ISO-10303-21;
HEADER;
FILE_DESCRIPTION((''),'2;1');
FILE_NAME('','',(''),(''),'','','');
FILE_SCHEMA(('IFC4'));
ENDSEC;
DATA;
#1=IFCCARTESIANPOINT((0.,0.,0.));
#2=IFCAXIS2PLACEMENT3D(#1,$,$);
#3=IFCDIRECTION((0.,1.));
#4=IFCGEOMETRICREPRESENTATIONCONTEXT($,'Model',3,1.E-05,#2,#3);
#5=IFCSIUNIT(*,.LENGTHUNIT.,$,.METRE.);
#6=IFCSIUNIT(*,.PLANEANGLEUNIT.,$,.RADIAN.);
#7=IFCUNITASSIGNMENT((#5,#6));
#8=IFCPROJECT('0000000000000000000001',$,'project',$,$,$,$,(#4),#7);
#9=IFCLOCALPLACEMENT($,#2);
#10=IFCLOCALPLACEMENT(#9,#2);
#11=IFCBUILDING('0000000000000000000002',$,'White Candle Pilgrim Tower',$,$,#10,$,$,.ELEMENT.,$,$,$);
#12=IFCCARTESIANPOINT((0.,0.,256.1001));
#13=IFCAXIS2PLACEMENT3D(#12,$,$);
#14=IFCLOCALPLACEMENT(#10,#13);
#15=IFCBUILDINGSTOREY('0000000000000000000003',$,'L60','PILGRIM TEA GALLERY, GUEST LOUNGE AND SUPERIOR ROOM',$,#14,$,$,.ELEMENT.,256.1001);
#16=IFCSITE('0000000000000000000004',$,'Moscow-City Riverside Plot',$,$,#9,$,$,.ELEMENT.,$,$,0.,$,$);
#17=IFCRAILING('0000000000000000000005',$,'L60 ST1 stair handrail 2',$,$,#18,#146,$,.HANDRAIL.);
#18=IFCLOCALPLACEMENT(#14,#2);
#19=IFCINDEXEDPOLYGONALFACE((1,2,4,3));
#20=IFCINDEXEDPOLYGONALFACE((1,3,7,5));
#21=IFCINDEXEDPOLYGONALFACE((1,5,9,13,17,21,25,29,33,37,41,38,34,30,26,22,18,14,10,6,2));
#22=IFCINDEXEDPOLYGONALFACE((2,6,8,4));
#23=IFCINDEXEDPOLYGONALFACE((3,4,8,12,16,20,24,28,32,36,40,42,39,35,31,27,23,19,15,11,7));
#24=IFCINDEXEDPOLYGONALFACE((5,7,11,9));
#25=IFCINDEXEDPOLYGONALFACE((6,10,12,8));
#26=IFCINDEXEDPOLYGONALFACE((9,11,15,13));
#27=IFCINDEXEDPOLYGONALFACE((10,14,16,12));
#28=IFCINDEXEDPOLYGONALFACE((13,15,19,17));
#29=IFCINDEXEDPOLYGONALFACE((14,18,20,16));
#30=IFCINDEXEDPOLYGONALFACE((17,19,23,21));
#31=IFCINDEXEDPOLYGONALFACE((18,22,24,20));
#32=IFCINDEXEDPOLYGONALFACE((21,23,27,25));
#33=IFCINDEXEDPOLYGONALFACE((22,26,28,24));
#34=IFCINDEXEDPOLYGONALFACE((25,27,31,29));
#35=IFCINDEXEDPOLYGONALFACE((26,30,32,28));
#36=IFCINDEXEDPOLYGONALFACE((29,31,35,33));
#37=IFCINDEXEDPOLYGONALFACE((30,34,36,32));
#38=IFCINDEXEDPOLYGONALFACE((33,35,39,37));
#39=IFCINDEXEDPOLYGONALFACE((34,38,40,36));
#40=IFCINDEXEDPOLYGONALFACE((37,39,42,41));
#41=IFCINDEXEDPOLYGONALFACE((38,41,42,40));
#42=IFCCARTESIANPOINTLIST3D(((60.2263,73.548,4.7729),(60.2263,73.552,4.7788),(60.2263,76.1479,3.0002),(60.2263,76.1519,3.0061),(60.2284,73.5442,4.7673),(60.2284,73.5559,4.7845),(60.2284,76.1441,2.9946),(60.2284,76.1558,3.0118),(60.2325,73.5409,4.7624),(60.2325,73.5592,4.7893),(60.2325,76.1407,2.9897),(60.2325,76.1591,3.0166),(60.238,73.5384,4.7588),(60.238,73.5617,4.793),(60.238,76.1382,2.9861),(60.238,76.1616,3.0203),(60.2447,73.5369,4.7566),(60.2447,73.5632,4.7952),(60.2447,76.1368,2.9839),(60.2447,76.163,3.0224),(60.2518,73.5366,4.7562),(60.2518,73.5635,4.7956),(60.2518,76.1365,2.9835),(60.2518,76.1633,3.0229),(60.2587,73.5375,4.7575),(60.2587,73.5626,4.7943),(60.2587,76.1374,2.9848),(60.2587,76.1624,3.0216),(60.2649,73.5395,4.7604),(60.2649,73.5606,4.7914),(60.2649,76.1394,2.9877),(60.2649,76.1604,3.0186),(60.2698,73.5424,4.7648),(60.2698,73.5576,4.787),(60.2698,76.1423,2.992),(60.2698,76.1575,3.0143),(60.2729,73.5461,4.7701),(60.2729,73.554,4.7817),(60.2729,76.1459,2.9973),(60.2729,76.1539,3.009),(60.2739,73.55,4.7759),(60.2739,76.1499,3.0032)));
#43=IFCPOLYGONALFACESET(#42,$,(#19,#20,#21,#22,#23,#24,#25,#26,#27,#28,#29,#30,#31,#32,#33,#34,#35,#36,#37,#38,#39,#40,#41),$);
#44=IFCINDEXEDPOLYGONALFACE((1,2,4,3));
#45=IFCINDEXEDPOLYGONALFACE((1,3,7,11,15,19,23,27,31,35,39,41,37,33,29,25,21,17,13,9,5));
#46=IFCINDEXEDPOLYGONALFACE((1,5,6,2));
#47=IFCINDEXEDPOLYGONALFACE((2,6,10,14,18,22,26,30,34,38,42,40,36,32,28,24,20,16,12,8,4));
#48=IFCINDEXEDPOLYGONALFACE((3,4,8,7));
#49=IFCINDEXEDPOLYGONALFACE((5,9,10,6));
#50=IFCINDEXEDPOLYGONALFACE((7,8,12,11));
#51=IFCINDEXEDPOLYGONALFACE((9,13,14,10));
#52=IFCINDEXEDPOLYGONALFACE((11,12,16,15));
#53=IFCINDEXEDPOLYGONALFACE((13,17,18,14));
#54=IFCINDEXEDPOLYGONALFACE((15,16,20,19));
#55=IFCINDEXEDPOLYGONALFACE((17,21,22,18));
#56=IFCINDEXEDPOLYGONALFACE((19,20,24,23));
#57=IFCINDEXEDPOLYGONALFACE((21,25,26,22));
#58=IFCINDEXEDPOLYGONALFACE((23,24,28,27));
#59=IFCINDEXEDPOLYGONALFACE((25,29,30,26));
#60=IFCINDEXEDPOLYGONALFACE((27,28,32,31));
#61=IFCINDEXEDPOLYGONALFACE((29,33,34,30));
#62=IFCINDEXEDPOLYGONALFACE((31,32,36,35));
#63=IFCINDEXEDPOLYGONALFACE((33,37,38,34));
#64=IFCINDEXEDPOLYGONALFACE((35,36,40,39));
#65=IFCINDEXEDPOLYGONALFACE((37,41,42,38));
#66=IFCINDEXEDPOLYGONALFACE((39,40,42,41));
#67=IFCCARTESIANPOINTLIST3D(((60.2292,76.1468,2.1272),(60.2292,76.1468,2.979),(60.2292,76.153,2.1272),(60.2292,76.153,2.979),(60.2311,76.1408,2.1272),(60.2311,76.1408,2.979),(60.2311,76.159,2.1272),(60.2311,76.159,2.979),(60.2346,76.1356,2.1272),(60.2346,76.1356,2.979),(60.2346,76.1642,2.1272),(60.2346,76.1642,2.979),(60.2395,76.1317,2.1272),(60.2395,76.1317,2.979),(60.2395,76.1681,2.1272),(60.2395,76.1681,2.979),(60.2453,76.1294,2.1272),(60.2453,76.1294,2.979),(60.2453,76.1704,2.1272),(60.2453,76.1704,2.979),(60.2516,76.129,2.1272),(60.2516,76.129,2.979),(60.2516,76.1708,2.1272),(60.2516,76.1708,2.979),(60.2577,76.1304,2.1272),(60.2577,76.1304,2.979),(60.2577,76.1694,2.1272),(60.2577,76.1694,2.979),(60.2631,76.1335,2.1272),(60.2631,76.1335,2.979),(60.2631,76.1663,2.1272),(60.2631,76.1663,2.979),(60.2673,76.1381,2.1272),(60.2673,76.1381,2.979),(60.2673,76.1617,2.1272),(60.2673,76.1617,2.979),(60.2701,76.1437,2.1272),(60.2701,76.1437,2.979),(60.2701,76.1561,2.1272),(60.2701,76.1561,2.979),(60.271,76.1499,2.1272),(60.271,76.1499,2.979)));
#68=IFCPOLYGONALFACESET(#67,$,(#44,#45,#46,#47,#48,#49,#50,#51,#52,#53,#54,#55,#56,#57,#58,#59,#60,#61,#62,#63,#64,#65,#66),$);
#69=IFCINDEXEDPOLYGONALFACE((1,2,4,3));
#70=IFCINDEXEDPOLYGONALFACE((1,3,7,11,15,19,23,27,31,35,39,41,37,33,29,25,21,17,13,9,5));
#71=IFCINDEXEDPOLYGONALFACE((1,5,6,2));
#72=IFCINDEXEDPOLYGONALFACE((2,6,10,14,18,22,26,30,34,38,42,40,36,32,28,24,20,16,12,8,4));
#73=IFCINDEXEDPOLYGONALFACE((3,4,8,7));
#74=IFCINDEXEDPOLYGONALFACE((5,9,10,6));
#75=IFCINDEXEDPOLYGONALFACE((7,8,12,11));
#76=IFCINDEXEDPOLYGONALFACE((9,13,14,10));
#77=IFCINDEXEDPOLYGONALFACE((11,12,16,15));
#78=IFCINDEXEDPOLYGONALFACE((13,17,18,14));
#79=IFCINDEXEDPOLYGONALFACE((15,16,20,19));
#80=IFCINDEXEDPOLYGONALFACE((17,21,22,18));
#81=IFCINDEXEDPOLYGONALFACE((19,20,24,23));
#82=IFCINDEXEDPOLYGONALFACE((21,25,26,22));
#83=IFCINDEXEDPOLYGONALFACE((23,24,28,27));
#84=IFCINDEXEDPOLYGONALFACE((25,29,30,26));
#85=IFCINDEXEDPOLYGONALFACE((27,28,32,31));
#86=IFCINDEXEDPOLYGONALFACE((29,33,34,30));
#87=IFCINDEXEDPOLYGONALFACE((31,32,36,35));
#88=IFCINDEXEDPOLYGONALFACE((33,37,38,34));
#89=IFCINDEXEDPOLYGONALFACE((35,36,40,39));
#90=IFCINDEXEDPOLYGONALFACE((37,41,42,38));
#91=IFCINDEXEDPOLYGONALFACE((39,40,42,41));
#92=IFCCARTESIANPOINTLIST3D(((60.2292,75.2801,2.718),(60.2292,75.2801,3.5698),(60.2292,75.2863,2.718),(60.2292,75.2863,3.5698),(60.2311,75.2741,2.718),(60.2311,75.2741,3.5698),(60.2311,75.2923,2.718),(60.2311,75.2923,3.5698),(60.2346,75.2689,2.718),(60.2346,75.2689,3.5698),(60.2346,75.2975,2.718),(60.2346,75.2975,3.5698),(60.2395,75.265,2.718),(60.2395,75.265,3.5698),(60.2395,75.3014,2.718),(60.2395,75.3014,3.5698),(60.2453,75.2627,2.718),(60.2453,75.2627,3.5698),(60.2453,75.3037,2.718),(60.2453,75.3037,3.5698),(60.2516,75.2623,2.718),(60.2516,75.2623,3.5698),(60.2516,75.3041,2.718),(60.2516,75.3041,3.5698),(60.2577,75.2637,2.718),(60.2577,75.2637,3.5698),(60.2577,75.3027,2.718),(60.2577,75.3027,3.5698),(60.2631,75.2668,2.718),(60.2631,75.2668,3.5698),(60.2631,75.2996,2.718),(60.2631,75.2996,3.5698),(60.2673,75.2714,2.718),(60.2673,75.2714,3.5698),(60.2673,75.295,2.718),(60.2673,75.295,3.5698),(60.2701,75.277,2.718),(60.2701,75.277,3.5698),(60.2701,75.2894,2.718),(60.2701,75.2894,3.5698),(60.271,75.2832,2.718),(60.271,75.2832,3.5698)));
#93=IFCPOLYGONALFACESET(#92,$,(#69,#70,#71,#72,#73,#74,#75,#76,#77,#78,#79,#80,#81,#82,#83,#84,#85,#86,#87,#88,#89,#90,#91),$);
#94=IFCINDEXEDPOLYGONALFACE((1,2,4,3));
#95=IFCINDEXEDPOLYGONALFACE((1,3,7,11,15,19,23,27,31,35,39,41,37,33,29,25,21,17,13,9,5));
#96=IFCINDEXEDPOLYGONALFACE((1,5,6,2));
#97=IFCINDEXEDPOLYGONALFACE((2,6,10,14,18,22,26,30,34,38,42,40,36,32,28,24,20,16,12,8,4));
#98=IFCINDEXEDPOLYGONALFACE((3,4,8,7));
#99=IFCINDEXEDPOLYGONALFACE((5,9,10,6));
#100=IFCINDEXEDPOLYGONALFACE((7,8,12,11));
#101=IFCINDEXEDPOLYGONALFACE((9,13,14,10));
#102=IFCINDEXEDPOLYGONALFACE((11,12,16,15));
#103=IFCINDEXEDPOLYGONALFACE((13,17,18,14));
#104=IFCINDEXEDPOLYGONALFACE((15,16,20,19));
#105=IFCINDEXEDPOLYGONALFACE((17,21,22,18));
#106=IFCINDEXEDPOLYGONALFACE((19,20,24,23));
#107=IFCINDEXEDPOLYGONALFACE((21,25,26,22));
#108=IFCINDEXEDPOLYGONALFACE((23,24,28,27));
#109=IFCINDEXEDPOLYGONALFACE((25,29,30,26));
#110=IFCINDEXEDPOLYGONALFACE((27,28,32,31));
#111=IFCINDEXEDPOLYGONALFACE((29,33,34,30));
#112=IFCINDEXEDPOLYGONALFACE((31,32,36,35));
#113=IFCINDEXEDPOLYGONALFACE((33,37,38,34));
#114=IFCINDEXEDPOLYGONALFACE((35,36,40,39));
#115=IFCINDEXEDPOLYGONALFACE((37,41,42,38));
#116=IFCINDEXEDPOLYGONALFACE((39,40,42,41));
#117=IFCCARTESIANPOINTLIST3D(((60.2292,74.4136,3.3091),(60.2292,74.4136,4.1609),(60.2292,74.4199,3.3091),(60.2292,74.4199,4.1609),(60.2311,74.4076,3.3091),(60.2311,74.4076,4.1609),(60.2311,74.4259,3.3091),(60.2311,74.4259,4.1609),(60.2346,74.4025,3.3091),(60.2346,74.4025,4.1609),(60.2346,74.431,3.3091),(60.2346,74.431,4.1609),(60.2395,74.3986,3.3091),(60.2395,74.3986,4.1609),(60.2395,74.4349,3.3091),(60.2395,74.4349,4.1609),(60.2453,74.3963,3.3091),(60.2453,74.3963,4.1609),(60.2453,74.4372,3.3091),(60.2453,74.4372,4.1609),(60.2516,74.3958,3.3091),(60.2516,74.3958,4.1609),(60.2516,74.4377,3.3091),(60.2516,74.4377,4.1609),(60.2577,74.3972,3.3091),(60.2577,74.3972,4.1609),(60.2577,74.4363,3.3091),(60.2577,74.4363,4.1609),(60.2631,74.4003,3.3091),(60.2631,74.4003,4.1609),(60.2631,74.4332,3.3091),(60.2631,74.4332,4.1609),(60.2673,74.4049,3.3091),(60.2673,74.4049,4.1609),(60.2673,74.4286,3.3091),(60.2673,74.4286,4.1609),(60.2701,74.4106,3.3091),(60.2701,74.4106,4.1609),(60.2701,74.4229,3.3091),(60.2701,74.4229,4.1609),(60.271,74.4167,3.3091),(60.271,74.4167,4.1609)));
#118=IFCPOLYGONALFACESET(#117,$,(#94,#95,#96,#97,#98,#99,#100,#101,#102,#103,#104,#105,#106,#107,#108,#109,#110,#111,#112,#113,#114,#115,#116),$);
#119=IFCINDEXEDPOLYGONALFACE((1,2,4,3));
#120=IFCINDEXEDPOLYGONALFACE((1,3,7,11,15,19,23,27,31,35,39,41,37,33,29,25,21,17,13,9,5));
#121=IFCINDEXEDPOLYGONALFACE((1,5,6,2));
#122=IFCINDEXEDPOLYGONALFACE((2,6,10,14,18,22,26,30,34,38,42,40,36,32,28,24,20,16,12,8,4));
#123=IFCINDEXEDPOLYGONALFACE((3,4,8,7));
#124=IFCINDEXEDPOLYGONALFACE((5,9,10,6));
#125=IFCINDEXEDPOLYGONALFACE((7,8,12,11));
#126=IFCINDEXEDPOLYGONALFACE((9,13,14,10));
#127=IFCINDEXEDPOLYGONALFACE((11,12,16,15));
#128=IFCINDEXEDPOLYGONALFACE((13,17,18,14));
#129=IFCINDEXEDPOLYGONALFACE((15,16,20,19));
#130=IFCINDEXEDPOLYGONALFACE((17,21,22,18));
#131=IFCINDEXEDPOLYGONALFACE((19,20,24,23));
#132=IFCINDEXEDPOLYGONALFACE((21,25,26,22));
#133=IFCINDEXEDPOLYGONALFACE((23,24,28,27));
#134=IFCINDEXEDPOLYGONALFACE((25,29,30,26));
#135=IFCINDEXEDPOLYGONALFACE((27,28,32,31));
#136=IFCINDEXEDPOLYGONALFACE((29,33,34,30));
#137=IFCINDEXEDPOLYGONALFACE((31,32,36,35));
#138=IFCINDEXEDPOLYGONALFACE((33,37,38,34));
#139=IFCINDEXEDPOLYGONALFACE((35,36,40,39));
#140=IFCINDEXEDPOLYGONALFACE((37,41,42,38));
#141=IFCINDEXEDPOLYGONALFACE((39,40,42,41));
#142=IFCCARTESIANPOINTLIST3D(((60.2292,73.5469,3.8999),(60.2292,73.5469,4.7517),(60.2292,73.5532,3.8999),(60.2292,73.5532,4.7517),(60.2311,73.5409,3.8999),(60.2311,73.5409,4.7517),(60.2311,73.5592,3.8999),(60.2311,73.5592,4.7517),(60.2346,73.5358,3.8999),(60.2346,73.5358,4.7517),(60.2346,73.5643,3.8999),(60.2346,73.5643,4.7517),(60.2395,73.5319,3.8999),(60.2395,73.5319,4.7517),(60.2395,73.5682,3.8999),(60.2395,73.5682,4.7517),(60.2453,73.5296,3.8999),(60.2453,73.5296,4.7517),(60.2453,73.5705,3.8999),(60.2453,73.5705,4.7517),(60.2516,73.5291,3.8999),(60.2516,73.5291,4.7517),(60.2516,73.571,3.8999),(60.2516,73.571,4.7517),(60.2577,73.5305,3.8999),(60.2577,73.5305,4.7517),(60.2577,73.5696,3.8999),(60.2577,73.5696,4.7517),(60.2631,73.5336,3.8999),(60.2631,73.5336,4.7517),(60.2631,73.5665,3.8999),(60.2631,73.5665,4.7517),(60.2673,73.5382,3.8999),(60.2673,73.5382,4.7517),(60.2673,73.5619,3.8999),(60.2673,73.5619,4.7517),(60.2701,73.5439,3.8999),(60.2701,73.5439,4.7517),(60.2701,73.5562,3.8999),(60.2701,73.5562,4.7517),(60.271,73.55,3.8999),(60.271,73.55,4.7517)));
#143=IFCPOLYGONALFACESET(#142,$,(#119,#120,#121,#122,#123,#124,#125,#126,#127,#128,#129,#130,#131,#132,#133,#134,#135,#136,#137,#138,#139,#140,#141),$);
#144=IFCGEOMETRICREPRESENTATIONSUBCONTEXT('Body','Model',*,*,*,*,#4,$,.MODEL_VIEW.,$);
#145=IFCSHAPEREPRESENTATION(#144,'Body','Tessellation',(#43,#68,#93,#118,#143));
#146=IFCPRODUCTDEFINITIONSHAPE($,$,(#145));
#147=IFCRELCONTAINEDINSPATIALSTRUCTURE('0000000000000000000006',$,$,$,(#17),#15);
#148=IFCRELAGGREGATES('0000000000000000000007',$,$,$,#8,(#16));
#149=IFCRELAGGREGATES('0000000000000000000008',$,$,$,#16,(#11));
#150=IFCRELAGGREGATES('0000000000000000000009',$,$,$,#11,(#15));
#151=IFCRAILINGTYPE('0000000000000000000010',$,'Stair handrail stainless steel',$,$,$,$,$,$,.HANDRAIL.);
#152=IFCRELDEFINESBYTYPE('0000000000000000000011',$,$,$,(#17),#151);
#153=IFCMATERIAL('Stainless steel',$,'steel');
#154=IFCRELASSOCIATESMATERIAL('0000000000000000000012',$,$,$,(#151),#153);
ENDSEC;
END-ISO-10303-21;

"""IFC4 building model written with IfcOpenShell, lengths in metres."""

from ifc_helpers import new_model, si_unit, direction, frame, origin, origin_2d, place, context, subcontext, project, spatial, circle, extrude, material, type_object, element, save


model = new_model("IFC4")

# Units and contexts
model_context = context("Model", 3, precision=1e-05, world=origin(), true_north=direction((0.0, 1.0)))
body_context = subcontext(model_context, "Body", "Model", "MODEL_VIEW")
ifc_project = project(units=[si_unit("LENGTHUNIT", "METRE"), si_unit("PLANEANGLEUNIT", "RADIAN")], contexts=[model_context])

# Site, building, storey
site_placement = place(None, origin())
site = spatial("IfcSite", under=ifc_project, at=site_placement, Name="Moscow-City Riverside Plot", CompositionType="ELEMENT", RefElevation=0.0)
building_placement = place(site_placement, origin())
building = spatial("IfcBuilding", under=site, at=building_placement, Name="White Candle Pilgrim Tower", CompositionType="ELEMENT")
storey_placement = place(building_placement, frame((0.0, 0.0, 256.1001)))
storey = spatial("IfcBuildingStorey", under=building, at=storey_placement, Name="L60", Description="PILGRIM TEA GALLERY, GUEST LOUNGE AND SUPERIOR ROOM", CompositionType="ELEMENT", Elevation=256.1001)

# Shared definitions
ifc_material_1 = material(Name="Stainless steel", Category="steel")

# Railing
railing_type_1 = type_object("IfcRailingType", Name="Stair handrail stainless steel", PredefinedType="HANDRAIL", material=ifc_material_1)
railing_1_placement = place(storey_placement, frame((60.25, 76.1499, 2.1272)))
element("IfcRailing", 1, at=railing_1_placement, inside=storey, type_object=railing_type_1, Name="L60 ST1 stair handrail 2", PredefinedType="HANDRAIL", context=body_context, shape_type="SweptSolid", body=[
    extrude(circle(Radius=0.0239, at=origin_2d()), frame((0.0, 0.0, 0.876), z_axis=(0.0, -0.826216, 0.563354), x_axis=(1.0, 0.0, 0.0)), (0.0, 0.0, 1.0), 3.1467),
    extrude(circle(Radius=0.021, at=origin_2d()), origin(), (0.0, 0.0, 1.0), 0.8518),
    extrude(circle(Radius=0.021, at=origin_2d()), frame((0.0, -0.8667, 0.5908)), (0.0, 0.0, 1.0), 0.8518),
    extrude(circle(Radius=0.021, at=origin_2d()), frame((0.0, -1.7332, 1.1819)), (0.0, 0.0, 1.0), 0.8518),
    extrude(circle(Radius=0.021, at=origin_2d()), frame((0.0, -2.5999, 1.7727)), (0.0, 0.0, 1.0), 0.8518),
])

save(model, "model.ifc")
